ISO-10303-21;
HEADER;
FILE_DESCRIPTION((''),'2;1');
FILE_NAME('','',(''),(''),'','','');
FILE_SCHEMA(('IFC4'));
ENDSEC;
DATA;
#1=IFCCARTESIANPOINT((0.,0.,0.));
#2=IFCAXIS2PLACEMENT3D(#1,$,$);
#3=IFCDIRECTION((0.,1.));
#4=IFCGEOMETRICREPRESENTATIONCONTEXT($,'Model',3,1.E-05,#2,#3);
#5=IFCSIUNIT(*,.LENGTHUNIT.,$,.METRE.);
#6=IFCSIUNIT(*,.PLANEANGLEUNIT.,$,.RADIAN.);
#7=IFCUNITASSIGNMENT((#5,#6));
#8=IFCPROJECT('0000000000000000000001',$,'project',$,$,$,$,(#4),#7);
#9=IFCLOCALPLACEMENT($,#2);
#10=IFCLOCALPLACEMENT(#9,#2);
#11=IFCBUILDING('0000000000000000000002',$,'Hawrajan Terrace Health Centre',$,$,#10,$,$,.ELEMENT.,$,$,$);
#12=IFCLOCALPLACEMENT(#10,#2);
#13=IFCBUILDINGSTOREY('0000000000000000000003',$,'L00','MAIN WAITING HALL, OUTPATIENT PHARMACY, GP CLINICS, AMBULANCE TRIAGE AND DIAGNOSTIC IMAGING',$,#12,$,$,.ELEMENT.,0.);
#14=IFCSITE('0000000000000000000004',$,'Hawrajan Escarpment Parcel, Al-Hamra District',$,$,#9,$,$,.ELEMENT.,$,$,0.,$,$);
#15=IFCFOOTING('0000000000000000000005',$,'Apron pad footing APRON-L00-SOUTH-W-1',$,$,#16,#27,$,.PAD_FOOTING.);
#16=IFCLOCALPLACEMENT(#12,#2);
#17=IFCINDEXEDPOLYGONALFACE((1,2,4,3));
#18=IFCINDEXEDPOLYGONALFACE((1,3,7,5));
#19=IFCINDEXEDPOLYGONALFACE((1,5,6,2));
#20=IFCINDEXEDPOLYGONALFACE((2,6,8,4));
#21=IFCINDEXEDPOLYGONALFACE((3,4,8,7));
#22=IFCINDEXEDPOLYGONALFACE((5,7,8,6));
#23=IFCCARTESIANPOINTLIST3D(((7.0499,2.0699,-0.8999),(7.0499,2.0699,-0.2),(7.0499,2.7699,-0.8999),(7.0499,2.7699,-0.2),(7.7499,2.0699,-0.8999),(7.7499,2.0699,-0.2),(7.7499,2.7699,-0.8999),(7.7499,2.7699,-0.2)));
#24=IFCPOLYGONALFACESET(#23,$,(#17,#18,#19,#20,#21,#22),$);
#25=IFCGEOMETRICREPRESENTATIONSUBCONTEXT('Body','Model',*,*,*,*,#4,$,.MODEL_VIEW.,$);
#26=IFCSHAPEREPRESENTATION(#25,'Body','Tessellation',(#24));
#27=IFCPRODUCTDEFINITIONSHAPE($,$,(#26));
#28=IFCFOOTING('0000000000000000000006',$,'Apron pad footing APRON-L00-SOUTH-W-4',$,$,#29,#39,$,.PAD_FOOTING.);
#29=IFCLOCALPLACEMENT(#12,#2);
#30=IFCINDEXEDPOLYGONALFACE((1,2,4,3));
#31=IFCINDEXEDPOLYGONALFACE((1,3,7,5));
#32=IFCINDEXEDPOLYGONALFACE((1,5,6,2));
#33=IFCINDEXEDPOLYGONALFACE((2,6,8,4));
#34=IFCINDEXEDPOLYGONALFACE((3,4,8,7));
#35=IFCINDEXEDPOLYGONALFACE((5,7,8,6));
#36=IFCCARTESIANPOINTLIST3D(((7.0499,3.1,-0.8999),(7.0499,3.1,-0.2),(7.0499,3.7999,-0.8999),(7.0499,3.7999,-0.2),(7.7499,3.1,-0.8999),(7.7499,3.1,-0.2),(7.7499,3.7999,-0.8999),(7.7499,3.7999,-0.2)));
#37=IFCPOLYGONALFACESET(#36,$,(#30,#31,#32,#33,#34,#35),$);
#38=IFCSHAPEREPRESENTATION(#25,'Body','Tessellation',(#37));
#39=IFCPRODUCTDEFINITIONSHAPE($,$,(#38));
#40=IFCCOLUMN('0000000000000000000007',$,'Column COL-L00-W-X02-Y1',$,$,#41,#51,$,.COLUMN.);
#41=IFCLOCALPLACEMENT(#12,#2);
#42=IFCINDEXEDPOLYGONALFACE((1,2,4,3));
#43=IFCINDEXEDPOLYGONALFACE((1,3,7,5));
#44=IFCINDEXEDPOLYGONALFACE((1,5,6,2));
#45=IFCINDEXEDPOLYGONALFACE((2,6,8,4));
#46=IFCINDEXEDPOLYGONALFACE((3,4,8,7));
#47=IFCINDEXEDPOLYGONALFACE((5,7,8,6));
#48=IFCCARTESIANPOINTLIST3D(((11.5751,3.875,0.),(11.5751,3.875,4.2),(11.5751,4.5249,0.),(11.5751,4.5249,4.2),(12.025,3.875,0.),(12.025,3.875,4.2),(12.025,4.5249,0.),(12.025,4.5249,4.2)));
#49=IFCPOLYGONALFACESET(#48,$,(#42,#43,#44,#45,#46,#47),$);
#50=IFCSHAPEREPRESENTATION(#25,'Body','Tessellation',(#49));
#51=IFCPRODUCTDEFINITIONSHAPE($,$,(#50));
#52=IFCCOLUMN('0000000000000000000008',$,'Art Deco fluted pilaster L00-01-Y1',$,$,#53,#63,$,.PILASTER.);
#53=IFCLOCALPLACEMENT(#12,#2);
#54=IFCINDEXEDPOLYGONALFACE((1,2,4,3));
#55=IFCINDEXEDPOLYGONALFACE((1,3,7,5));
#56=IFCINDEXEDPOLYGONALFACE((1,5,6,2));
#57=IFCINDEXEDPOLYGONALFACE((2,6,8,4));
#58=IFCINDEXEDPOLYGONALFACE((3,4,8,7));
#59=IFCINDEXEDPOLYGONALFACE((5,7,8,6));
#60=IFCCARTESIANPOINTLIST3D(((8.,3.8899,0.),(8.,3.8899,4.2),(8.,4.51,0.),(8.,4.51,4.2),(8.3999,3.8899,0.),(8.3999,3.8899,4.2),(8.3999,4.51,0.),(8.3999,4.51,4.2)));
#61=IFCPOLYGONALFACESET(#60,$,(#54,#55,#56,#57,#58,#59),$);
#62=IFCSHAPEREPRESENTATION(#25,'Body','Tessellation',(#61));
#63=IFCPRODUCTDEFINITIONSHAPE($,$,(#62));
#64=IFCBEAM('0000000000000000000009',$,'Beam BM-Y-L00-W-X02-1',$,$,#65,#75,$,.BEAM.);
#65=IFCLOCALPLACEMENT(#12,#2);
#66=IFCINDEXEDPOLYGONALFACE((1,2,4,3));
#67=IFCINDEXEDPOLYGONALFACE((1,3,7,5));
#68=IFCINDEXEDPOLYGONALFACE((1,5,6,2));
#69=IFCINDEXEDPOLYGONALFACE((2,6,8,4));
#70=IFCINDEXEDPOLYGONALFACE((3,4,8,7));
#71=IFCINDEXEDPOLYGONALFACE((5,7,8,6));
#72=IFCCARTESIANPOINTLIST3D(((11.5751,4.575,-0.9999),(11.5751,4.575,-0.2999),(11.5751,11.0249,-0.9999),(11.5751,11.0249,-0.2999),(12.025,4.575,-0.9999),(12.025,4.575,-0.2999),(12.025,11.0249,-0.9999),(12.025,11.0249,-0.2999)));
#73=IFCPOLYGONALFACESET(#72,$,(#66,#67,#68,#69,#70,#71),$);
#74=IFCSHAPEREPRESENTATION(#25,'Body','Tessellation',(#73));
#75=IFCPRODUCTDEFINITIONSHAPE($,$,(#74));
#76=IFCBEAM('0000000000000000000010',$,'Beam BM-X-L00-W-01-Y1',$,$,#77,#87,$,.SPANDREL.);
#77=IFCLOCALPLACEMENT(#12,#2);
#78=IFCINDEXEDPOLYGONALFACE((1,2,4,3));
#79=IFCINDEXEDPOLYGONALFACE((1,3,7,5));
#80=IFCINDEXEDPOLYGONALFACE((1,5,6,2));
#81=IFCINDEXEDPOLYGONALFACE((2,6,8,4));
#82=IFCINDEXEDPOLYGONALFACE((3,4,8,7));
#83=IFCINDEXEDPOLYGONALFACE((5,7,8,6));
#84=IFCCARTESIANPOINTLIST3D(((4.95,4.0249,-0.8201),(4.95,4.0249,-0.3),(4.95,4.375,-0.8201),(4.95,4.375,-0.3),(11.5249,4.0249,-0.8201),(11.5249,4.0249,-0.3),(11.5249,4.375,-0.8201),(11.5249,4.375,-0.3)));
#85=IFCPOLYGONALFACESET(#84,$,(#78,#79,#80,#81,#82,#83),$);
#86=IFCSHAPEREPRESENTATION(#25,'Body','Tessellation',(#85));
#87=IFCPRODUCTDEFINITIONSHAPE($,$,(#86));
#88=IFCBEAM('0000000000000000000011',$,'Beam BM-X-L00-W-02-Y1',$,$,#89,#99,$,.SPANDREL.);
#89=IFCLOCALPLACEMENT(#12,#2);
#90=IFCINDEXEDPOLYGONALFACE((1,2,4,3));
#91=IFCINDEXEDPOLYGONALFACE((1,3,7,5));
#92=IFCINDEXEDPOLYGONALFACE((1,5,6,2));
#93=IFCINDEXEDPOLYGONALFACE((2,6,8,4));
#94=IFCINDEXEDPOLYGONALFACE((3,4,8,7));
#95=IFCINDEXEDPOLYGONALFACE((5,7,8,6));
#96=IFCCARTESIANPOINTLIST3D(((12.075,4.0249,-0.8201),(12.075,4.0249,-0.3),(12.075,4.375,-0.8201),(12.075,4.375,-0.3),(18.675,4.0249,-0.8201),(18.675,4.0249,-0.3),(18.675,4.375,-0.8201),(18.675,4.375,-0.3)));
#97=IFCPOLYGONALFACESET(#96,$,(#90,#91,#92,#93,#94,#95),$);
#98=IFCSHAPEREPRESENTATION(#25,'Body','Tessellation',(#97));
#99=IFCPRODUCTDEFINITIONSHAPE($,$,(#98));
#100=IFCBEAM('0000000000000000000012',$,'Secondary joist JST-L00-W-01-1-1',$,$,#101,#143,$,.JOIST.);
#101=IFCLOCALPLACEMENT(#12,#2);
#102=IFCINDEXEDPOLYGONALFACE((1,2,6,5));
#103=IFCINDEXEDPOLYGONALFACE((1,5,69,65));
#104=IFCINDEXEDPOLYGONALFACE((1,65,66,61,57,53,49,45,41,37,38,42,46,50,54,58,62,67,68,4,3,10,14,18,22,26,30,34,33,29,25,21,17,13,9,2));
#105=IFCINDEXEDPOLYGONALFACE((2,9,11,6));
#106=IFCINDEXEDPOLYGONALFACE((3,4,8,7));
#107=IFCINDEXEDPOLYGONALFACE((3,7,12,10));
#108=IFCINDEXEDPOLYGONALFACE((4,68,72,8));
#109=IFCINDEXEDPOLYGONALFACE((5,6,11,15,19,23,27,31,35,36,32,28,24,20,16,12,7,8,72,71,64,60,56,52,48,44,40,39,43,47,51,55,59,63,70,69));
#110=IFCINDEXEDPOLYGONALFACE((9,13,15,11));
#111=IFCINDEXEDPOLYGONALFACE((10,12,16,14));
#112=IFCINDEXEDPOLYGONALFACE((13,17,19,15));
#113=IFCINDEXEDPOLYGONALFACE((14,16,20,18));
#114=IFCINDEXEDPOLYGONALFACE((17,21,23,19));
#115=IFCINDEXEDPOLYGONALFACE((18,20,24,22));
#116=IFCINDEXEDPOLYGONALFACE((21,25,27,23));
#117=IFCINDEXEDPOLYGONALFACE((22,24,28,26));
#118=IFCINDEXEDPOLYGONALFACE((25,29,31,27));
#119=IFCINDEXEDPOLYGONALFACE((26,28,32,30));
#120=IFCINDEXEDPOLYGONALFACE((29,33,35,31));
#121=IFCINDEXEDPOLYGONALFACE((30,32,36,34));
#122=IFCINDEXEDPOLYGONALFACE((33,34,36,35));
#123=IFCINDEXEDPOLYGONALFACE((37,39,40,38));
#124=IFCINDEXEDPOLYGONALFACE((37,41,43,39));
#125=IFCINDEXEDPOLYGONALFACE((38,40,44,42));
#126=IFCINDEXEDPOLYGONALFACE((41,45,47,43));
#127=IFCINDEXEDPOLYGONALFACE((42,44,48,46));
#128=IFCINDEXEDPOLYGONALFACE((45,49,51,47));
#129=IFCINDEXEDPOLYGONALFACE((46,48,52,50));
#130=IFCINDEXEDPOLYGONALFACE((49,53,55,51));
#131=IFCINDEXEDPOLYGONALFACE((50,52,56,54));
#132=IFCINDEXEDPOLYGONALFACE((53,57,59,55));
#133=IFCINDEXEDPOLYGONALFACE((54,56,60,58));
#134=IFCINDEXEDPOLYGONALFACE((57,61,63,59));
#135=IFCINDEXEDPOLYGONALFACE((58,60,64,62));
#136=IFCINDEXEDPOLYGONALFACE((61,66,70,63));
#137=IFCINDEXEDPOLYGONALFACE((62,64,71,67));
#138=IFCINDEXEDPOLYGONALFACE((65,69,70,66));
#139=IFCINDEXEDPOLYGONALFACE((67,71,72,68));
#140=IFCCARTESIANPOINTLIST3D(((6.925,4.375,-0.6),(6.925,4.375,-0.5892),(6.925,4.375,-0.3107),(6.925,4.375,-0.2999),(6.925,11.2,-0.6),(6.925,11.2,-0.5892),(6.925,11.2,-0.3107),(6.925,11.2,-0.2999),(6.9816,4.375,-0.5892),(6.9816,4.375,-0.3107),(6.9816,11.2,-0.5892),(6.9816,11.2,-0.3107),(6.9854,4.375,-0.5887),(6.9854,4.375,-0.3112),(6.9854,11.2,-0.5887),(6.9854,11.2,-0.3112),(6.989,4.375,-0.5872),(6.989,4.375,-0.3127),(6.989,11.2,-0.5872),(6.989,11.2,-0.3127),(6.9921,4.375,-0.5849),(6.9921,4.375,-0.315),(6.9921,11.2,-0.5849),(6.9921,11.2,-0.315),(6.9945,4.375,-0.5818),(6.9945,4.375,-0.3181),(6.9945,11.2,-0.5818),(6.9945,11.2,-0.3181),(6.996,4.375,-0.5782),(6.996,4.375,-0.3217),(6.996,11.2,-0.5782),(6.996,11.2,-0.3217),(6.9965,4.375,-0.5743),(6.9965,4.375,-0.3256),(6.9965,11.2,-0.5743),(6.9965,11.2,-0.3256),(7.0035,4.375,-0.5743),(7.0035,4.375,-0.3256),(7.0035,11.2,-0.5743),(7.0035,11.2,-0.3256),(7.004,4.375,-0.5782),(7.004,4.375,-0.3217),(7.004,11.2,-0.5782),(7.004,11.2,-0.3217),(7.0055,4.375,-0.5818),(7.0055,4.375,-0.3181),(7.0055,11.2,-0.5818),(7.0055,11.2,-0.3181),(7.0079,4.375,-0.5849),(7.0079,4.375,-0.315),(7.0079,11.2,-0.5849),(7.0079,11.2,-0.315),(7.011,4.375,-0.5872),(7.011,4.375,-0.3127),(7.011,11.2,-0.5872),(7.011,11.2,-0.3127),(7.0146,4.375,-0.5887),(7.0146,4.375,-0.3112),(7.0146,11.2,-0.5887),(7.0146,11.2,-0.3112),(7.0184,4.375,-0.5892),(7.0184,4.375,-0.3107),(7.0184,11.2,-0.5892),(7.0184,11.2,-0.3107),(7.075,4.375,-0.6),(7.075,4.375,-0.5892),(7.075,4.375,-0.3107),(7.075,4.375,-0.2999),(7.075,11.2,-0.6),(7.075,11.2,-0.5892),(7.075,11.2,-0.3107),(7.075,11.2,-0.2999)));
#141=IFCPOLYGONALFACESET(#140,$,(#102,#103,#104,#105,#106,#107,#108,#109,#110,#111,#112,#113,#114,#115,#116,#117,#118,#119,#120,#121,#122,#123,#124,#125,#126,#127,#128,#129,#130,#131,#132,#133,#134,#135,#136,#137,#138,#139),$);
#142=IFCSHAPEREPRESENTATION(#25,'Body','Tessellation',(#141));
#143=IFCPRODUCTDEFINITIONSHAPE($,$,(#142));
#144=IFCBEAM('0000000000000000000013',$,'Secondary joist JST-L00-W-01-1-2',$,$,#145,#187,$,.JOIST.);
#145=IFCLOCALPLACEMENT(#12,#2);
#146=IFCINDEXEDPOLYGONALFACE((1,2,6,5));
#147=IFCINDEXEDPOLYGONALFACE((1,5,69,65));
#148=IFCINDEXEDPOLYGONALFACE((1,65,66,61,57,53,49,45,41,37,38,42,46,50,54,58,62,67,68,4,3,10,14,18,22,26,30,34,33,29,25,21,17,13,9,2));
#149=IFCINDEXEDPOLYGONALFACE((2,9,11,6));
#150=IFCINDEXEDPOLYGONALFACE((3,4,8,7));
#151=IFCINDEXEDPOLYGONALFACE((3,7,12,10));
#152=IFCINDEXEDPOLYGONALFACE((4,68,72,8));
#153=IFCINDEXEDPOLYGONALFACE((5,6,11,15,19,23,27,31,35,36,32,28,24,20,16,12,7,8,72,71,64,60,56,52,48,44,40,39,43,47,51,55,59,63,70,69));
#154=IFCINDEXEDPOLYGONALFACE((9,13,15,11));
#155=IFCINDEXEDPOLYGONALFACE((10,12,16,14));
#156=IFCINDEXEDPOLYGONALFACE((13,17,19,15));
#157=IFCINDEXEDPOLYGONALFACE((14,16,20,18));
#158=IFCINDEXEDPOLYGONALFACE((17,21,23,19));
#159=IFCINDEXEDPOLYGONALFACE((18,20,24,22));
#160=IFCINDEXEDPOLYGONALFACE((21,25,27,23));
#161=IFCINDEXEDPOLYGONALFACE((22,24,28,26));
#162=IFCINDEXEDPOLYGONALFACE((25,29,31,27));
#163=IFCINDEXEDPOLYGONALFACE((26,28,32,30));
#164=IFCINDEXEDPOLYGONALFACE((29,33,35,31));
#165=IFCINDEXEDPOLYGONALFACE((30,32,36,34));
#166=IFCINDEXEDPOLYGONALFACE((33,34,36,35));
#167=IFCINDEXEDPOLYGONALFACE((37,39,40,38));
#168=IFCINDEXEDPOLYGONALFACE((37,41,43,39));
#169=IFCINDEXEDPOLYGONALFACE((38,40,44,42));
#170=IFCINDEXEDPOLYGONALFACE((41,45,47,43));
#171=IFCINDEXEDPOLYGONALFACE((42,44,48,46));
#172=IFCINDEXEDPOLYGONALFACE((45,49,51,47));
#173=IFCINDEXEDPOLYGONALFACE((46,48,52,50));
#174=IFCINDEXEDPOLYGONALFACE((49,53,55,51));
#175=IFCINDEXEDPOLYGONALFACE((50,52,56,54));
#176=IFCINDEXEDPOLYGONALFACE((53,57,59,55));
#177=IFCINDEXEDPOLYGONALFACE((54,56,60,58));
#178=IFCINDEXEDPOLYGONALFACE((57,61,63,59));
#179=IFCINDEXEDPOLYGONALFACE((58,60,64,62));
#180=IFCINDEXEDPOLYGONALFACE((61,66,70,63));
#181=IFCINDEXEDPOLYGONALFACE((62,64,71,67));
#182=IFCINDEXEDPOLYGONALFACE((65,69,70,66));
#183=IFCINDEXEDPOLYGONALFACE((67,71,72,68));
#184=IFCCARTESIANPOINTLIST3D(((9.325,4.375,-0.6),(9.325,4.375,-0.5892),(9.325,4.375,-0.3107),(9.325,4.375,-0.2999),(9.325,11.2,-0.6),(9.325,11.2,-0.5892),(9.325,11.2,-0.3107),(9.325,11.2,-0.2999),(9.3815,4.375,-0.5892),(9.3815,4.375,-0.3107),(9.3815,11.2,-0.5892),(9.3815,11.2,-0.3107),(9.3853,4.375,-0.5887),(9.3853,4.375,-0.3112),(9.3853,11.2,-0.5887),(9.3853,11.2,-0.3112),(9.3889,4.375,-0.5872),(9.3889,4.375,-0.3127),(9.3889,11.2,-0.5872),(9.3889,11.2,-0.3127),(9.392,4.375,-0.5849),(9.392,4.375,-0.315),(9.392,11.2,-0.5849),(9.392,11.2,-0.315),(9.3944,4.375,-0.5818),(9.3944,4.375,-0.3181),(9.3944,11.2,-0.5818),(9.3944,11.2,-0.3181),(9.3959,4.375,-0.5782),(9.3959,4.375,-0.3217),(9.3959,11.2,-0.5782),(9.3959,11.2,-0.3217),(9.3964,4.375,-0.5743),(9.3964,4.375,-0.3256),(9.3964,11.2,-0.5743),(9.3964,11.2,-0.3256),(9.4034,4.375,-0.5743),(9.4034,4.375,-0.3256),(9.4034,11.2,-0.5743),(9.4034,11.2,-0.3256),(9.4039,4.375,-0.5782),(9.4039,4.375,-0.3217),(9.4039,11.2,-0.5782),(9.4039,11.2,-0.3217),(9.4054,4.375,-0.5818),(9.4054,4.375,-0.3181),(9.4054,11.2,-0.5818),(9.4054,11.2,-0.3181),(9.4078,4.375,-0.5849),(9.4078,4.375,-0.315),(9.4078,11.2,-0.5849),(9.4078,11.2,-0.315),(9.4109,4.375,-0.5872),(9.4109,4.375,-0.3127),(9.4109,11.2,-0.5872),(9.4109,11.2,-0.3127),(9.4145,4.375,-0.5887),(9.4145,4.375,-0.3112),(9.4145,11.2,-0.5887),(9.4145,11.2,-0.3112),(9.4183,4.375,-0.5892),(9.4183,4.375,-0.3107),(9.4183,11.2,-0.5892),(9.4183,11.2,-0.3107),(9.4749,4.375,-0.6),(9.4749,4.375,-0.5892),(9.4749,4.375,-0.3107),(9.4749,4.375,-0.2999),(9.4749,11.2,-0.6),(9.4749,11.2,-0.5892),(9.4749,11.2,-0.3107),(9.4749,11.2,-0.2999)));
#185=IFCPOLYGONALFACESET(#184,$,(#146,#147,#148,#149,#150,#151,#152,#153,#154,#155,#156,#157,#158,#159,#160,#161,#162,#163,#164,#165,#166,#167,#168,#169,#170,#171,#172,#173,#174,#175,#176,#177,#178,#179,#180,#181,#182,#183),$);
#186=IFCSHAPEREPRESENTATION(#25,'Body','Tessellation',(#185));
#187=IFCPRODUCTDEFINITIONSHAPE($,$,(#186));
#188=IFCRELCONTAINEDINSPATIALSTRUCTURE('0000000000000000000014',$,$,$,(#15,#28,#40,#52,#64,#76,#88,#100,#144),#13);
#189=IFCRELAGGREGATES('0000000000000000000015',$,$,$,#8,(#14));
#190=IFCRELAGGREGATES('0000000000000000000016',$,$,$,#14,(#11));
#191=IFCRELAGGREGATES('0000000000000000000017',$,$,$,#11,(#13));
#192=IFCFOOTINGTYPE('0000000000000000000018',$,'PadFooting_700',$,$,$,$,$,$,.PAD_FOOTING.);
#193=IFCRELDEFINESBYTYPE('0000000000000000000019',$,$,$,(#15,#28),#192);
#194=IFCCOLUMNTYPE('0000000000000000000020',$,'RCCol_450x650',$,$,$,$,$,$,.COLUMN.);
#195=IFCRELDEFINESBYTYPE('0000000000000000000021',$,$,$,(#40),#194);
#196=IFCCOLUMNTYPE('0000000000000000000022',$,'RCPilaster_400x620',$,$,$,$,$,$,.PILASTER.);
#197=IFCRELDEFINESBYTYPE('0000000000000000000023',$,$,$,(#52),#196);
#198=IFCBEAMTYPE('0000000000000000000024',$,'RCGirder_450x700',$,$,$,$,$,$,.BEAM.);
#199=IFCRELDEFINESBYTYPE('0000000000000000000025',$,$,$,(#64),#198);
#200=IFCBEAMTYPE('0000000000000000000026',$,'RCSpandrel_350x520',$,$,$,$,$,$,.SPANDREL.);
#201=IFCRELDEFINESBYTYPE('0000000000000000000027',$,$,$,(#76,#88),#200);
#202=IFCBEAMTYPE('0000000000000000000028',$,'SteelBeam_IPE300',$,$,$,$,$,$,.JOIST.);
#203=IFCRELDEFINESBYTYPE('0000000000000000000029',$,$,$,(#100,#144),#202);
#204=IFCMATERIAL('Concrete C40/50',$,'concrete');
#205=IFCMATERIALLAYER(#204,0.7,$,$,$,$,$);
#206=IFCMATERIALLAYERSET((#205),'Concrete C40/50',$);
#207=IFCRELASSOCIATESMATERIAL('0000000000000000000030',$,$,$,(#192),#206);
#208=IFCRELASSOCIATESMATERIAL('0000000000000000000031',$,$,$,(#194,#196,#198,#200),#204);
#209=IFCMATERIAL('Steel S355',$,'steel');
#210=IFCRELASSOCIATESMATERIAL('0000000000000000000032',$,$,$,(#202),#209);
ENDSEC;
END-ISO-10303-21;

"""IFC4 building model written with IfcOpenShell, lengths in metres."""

from ifc_helpers import new_model, si_unit, direction, frame, origin, origin_2d, place, context, subcontext, project, spatial, rectangle, i_section, extrude, material, layer, layer_set, material_profile, profile_set, type_object, element, save


model = new_model("IFC4")

# Units and contexts
model_context = context("Model", 3, precision=1e-05, world=origin(), true_north=direction((0.0, 1.0)))
body_context = subcontext(model_context, "Body", "Model", "MODEL_VIEW")
ifc_project = project(units=[si_unit("LENGTHUNIT", "METRE"), si_unit("PLANEANGLEUNIT", "RADIAN")], contexts=[model_context])

# Site, building, storey
site_placement = place(None, origin())
site = spatial("IfcSite", under=ifc_project, at=site_placement, Name="Hawrajan Escarpment Parcel, Al-Hamra District", CompositionType="ELEMENT", RefElevation=0.0)
building_placement = place(site_placement, origin())
building = spatial("IfcBuilding", under=site, at=building_placement, Name="Hawrajan Terrace Health Centre", CompositionType="ELEMENT")
storey_placement = place(building_placement, origin())
storey = spatial("IfcBuildingStorey", under=building, at=storey_placement, Name="L00", Description="MAIN WAITING HALL, OUTPATIENT PHARMACY, GP CLINICS, AMBULANCE TRIAGE AND DIAGNOSTIC IMAGING", CompositionType="ELEMENT", Elevation=0.0)

# Footings
ifc_material_1 = material(Name="Concrete C40/50", Category="concrete")
ifc_layer_1 = layer(ifc_material_1, 0.7)
ifc_layer_set_1 = layer_set([ifc_layer_1], Name="Concrete C40/50")
footing_type = type_object("IfcFootingType", Name="PadFooting_700", PredefinedType="PAD_FOOTING", material=ifc_layer_set_1)
for number, where, z_axis, x_axis, name in (
    (1, (7.3999, 2.4199, -0.8999), (0.0, 0.0, 1.0), (1.0, 0.0, 0.0), "Apron pad footing APRON-L00-SOUTH-W-1"),
    (2, (7.3999, 3.45, -0.8999), (0.0, 0.0, 1.0), (1.0, 0.0, 0.0), "Apron pad footing APRON-L00-SOUTH-W-4"),
):
    element("IfcFooting", number, at=place(storey_placement, frame(where, z_axis=z_axis, x_axis=x_axis)), inside=storey, type_object=footing_type, Name=name, PredefinedType="PAD_FOOTING", context=body_context, shape_type="SweptSolid", body=[
        extrude(rectangle(XDim=0.7, YDim=0.7, at=origin_2d()), origin(), (0.0, 0.0, 1.0), 0.7),
    ])

# Columns
ifc_material_profile_1 = material_profile(ifc_material_1, rectangle(XDim=0.45, YDim=0.6499, at=origin_2d()), Name="RC 450x650")
ifc_profile_set_1 = profile_set([ifc_material_profile_1], Name="Concrete C40/50")
column_type_1 = type_object("IfcColumnType", Name="RCCol_450x650", PredefinedType="COLUMN", material=ifc_profile_set_1)
column_1_placement = place(storey_placement, frame((11.8, 4.2, 0.0), z_axis=(0.0, 0.0, 1.0), x_axis=(1.0, 0.0, 0.0)))
element("IfcColumn", 3, at=column_1_placement, inside=storey, type_object=column_type_1, Name="Column COL-L00-W-X02-Y1", PredefinedType="COLUMN", context=body_context, shape_type="SweptSolid", body=[
    extrude(rectangle(XDim=0.45, YDim=0.6499, at=origin_2d()), origin(), (0.0, 0.0, 1.0), 4.2),
])
ifc_material_profile_2 = material_profile(ifc_material_1, rectangle(XDim=0.3999, YDim=0.6201, at=origin_2d()), Name="RC PIL 400x620")
ifc_profile_set_2 = profile_set([ifc_material_profile_2], Name="Concrete C40/50")
column_type_2 = type_object("IfcColumnType", Name="RCPilaster_400x620", PredefinedType="PILASTER", material=ifc_profile_set_2)
column_2_placement = place(storey_placement, frame((8.2, 4.2, 0.0), z_axis=(0.0, 0.0, 1.0), x_axis=(1.0, 0.0, 0.0)))
element("IfcColumn", 4, at=column_2_placement, inside=storey, type_object=column_type_2, Name="Art Deco fluted pilaster L00-01-Y1", PredefinedType="PILASTER", context=body_context, shape_type="SweptSolid", body=[
    extrude(rectangle(XDim=0.3999, YDim=0.6201, at=origin_2d()), origin(), (0.0, 0.0, 1.0), 4.2),
])

# Beams
ifc_material_profile_3 = material_profile(ifc_material_1, rectangle(XDim=0.45, YDim=0.7, at=origin_2d()), Name="RC BM 450x700")
ifc_profile_set_3 = profile_set([ifc_material_profile_3], Name="Concrete C40/50")
beam_type_1 = type_object("IfcBeamType", Name="RCGirder_450x700", PredefinedType="BEAM", material=ifc_profile_set_3)
beam_1_placement = place(storey_placement, frame((11.8, 4.575, -0.6499), z_axis=(0.0, 1.0, 0.0), x_axis=(-1.0, 0.0, 0.0)))
element("IfcBeam", 5, at=beam_1_placement, inside=storey, type_object=beam_type_1, Name="Beam BM-Y-L00-W-X02-1", PredefinedType="BEAM", context=body_context, shape_type="SweptSolid", body=[
    extrude(rectangle(XDim=0.45, YDim=0.7, at=origin_2d()), origin(), (0.0, 0.0, 1.0), 6.45),
])
ifc_material_profile_4 = material_profile(ifc_material_1, rectangle(XDim=0.3501, YDim=0.52, at=origin_2d()), Name="RC SP 350x520")
ifc_profile_set_4 = profile_set([ifc_material_profile_4], Name="Concrete C40/50")
beam_type_2 = type_object("IfcBeamType", Name="RCSpandrel_350x520", PredefinedType="SPANDREL", material=ifc_profile_set_4)
beam_2_placement = place(storey_placement, frame((4.95, 4.2, -0.5601), z_axis=(1.0, 0.0, 0.0), x_axis=(0.0, 1.0, 0.0)))
element("IfcBeam", 6, at=beam_2_placement, inside=storey, type_object=beam_type_2, Name="Beam BM-X-L00-W-01-Y1", PredefinedType="SPANDREL", context=body_context, shape_type="SweptSolid", body=[
    extrude(rectangle(XDim=0.3501, YDim=0.52, at=origin_2d()), origin(), (0.0, 0.0, 1.0), 6.575),
])
beam_3_placement = place(storey_placement, frame((12.075, 4.2, -0.5601), z_axis=(1.0, 0.0, 0.0), x_axis=(0.0, 1.0, 0.0)))
element("IfcBeam", 7, at=beam_3_placement, inside=storey, type_object=beam_type_2, Name="Beam BM-X-L00-W-02-Y1", PredefinedType="SPANDREL", context=body_context, shape_type="SweptSolid", body=[
    extrude(rectangle(XDim=0.3501, YDim=0.52, at=origin_2d()), origin(), (0.0, 0.0, 1.0), 6.6001),
])
ifc_material_2 = material(Name="Steel S355", Category="steel")
ifc_material_profile_5 = material_profile(ifc_material_2, i_section(OverallWidth=0.1499, OverallDepth=0.3, WebThickness=0.0071, FlangeThickness=0.0107, FilletRadius=0.0149, at=origin_2d()), Name="IPE 300")
ifc_profile_set_5 = profile_set([ifc_material_profile_5], Name="Steel S355")
beam_type_3 = type_object("IfcBeamType", Name="SteelBeam_IPE300", PredefinedType="JOIST", material=ifc_profile_set_5)
for number, where, z_axis, x_axis, name in (
    (8, (7.0, 4.375, -0.45), (0.0, 1.0, 0.0), (-1.0, 0.0, 0.0), "Secondary joist JST-L00-W-01-1-1"),
    (9, (9.3999, 4.375, -0.45), (0.0, 1.0, 0.0), (-1.0, 0.0, 0.0), "Secondary joist JST-L00-W-01-1-2"),
):
    element("IfcBeam", number, at=place(storey_placement, frame(where, z_axis=z_axis, x_axis=x_axis)), inside=storey, type_object=beam_type_3, Name=name, PredefinedType="JOIST", context=body_context, shape_type="SweptSolid", body=[
        extrude(i_section(OverallWidth=0.1499, OverallDepth=0.3, WebThickness=0.0071, FlangeThickness=0.0107, FilletRadius=0.0149, at=origin_2d()), origin(), (0.0, 0.0, 1.0), 6.825),
    ])

save(model, "model.ifc")
